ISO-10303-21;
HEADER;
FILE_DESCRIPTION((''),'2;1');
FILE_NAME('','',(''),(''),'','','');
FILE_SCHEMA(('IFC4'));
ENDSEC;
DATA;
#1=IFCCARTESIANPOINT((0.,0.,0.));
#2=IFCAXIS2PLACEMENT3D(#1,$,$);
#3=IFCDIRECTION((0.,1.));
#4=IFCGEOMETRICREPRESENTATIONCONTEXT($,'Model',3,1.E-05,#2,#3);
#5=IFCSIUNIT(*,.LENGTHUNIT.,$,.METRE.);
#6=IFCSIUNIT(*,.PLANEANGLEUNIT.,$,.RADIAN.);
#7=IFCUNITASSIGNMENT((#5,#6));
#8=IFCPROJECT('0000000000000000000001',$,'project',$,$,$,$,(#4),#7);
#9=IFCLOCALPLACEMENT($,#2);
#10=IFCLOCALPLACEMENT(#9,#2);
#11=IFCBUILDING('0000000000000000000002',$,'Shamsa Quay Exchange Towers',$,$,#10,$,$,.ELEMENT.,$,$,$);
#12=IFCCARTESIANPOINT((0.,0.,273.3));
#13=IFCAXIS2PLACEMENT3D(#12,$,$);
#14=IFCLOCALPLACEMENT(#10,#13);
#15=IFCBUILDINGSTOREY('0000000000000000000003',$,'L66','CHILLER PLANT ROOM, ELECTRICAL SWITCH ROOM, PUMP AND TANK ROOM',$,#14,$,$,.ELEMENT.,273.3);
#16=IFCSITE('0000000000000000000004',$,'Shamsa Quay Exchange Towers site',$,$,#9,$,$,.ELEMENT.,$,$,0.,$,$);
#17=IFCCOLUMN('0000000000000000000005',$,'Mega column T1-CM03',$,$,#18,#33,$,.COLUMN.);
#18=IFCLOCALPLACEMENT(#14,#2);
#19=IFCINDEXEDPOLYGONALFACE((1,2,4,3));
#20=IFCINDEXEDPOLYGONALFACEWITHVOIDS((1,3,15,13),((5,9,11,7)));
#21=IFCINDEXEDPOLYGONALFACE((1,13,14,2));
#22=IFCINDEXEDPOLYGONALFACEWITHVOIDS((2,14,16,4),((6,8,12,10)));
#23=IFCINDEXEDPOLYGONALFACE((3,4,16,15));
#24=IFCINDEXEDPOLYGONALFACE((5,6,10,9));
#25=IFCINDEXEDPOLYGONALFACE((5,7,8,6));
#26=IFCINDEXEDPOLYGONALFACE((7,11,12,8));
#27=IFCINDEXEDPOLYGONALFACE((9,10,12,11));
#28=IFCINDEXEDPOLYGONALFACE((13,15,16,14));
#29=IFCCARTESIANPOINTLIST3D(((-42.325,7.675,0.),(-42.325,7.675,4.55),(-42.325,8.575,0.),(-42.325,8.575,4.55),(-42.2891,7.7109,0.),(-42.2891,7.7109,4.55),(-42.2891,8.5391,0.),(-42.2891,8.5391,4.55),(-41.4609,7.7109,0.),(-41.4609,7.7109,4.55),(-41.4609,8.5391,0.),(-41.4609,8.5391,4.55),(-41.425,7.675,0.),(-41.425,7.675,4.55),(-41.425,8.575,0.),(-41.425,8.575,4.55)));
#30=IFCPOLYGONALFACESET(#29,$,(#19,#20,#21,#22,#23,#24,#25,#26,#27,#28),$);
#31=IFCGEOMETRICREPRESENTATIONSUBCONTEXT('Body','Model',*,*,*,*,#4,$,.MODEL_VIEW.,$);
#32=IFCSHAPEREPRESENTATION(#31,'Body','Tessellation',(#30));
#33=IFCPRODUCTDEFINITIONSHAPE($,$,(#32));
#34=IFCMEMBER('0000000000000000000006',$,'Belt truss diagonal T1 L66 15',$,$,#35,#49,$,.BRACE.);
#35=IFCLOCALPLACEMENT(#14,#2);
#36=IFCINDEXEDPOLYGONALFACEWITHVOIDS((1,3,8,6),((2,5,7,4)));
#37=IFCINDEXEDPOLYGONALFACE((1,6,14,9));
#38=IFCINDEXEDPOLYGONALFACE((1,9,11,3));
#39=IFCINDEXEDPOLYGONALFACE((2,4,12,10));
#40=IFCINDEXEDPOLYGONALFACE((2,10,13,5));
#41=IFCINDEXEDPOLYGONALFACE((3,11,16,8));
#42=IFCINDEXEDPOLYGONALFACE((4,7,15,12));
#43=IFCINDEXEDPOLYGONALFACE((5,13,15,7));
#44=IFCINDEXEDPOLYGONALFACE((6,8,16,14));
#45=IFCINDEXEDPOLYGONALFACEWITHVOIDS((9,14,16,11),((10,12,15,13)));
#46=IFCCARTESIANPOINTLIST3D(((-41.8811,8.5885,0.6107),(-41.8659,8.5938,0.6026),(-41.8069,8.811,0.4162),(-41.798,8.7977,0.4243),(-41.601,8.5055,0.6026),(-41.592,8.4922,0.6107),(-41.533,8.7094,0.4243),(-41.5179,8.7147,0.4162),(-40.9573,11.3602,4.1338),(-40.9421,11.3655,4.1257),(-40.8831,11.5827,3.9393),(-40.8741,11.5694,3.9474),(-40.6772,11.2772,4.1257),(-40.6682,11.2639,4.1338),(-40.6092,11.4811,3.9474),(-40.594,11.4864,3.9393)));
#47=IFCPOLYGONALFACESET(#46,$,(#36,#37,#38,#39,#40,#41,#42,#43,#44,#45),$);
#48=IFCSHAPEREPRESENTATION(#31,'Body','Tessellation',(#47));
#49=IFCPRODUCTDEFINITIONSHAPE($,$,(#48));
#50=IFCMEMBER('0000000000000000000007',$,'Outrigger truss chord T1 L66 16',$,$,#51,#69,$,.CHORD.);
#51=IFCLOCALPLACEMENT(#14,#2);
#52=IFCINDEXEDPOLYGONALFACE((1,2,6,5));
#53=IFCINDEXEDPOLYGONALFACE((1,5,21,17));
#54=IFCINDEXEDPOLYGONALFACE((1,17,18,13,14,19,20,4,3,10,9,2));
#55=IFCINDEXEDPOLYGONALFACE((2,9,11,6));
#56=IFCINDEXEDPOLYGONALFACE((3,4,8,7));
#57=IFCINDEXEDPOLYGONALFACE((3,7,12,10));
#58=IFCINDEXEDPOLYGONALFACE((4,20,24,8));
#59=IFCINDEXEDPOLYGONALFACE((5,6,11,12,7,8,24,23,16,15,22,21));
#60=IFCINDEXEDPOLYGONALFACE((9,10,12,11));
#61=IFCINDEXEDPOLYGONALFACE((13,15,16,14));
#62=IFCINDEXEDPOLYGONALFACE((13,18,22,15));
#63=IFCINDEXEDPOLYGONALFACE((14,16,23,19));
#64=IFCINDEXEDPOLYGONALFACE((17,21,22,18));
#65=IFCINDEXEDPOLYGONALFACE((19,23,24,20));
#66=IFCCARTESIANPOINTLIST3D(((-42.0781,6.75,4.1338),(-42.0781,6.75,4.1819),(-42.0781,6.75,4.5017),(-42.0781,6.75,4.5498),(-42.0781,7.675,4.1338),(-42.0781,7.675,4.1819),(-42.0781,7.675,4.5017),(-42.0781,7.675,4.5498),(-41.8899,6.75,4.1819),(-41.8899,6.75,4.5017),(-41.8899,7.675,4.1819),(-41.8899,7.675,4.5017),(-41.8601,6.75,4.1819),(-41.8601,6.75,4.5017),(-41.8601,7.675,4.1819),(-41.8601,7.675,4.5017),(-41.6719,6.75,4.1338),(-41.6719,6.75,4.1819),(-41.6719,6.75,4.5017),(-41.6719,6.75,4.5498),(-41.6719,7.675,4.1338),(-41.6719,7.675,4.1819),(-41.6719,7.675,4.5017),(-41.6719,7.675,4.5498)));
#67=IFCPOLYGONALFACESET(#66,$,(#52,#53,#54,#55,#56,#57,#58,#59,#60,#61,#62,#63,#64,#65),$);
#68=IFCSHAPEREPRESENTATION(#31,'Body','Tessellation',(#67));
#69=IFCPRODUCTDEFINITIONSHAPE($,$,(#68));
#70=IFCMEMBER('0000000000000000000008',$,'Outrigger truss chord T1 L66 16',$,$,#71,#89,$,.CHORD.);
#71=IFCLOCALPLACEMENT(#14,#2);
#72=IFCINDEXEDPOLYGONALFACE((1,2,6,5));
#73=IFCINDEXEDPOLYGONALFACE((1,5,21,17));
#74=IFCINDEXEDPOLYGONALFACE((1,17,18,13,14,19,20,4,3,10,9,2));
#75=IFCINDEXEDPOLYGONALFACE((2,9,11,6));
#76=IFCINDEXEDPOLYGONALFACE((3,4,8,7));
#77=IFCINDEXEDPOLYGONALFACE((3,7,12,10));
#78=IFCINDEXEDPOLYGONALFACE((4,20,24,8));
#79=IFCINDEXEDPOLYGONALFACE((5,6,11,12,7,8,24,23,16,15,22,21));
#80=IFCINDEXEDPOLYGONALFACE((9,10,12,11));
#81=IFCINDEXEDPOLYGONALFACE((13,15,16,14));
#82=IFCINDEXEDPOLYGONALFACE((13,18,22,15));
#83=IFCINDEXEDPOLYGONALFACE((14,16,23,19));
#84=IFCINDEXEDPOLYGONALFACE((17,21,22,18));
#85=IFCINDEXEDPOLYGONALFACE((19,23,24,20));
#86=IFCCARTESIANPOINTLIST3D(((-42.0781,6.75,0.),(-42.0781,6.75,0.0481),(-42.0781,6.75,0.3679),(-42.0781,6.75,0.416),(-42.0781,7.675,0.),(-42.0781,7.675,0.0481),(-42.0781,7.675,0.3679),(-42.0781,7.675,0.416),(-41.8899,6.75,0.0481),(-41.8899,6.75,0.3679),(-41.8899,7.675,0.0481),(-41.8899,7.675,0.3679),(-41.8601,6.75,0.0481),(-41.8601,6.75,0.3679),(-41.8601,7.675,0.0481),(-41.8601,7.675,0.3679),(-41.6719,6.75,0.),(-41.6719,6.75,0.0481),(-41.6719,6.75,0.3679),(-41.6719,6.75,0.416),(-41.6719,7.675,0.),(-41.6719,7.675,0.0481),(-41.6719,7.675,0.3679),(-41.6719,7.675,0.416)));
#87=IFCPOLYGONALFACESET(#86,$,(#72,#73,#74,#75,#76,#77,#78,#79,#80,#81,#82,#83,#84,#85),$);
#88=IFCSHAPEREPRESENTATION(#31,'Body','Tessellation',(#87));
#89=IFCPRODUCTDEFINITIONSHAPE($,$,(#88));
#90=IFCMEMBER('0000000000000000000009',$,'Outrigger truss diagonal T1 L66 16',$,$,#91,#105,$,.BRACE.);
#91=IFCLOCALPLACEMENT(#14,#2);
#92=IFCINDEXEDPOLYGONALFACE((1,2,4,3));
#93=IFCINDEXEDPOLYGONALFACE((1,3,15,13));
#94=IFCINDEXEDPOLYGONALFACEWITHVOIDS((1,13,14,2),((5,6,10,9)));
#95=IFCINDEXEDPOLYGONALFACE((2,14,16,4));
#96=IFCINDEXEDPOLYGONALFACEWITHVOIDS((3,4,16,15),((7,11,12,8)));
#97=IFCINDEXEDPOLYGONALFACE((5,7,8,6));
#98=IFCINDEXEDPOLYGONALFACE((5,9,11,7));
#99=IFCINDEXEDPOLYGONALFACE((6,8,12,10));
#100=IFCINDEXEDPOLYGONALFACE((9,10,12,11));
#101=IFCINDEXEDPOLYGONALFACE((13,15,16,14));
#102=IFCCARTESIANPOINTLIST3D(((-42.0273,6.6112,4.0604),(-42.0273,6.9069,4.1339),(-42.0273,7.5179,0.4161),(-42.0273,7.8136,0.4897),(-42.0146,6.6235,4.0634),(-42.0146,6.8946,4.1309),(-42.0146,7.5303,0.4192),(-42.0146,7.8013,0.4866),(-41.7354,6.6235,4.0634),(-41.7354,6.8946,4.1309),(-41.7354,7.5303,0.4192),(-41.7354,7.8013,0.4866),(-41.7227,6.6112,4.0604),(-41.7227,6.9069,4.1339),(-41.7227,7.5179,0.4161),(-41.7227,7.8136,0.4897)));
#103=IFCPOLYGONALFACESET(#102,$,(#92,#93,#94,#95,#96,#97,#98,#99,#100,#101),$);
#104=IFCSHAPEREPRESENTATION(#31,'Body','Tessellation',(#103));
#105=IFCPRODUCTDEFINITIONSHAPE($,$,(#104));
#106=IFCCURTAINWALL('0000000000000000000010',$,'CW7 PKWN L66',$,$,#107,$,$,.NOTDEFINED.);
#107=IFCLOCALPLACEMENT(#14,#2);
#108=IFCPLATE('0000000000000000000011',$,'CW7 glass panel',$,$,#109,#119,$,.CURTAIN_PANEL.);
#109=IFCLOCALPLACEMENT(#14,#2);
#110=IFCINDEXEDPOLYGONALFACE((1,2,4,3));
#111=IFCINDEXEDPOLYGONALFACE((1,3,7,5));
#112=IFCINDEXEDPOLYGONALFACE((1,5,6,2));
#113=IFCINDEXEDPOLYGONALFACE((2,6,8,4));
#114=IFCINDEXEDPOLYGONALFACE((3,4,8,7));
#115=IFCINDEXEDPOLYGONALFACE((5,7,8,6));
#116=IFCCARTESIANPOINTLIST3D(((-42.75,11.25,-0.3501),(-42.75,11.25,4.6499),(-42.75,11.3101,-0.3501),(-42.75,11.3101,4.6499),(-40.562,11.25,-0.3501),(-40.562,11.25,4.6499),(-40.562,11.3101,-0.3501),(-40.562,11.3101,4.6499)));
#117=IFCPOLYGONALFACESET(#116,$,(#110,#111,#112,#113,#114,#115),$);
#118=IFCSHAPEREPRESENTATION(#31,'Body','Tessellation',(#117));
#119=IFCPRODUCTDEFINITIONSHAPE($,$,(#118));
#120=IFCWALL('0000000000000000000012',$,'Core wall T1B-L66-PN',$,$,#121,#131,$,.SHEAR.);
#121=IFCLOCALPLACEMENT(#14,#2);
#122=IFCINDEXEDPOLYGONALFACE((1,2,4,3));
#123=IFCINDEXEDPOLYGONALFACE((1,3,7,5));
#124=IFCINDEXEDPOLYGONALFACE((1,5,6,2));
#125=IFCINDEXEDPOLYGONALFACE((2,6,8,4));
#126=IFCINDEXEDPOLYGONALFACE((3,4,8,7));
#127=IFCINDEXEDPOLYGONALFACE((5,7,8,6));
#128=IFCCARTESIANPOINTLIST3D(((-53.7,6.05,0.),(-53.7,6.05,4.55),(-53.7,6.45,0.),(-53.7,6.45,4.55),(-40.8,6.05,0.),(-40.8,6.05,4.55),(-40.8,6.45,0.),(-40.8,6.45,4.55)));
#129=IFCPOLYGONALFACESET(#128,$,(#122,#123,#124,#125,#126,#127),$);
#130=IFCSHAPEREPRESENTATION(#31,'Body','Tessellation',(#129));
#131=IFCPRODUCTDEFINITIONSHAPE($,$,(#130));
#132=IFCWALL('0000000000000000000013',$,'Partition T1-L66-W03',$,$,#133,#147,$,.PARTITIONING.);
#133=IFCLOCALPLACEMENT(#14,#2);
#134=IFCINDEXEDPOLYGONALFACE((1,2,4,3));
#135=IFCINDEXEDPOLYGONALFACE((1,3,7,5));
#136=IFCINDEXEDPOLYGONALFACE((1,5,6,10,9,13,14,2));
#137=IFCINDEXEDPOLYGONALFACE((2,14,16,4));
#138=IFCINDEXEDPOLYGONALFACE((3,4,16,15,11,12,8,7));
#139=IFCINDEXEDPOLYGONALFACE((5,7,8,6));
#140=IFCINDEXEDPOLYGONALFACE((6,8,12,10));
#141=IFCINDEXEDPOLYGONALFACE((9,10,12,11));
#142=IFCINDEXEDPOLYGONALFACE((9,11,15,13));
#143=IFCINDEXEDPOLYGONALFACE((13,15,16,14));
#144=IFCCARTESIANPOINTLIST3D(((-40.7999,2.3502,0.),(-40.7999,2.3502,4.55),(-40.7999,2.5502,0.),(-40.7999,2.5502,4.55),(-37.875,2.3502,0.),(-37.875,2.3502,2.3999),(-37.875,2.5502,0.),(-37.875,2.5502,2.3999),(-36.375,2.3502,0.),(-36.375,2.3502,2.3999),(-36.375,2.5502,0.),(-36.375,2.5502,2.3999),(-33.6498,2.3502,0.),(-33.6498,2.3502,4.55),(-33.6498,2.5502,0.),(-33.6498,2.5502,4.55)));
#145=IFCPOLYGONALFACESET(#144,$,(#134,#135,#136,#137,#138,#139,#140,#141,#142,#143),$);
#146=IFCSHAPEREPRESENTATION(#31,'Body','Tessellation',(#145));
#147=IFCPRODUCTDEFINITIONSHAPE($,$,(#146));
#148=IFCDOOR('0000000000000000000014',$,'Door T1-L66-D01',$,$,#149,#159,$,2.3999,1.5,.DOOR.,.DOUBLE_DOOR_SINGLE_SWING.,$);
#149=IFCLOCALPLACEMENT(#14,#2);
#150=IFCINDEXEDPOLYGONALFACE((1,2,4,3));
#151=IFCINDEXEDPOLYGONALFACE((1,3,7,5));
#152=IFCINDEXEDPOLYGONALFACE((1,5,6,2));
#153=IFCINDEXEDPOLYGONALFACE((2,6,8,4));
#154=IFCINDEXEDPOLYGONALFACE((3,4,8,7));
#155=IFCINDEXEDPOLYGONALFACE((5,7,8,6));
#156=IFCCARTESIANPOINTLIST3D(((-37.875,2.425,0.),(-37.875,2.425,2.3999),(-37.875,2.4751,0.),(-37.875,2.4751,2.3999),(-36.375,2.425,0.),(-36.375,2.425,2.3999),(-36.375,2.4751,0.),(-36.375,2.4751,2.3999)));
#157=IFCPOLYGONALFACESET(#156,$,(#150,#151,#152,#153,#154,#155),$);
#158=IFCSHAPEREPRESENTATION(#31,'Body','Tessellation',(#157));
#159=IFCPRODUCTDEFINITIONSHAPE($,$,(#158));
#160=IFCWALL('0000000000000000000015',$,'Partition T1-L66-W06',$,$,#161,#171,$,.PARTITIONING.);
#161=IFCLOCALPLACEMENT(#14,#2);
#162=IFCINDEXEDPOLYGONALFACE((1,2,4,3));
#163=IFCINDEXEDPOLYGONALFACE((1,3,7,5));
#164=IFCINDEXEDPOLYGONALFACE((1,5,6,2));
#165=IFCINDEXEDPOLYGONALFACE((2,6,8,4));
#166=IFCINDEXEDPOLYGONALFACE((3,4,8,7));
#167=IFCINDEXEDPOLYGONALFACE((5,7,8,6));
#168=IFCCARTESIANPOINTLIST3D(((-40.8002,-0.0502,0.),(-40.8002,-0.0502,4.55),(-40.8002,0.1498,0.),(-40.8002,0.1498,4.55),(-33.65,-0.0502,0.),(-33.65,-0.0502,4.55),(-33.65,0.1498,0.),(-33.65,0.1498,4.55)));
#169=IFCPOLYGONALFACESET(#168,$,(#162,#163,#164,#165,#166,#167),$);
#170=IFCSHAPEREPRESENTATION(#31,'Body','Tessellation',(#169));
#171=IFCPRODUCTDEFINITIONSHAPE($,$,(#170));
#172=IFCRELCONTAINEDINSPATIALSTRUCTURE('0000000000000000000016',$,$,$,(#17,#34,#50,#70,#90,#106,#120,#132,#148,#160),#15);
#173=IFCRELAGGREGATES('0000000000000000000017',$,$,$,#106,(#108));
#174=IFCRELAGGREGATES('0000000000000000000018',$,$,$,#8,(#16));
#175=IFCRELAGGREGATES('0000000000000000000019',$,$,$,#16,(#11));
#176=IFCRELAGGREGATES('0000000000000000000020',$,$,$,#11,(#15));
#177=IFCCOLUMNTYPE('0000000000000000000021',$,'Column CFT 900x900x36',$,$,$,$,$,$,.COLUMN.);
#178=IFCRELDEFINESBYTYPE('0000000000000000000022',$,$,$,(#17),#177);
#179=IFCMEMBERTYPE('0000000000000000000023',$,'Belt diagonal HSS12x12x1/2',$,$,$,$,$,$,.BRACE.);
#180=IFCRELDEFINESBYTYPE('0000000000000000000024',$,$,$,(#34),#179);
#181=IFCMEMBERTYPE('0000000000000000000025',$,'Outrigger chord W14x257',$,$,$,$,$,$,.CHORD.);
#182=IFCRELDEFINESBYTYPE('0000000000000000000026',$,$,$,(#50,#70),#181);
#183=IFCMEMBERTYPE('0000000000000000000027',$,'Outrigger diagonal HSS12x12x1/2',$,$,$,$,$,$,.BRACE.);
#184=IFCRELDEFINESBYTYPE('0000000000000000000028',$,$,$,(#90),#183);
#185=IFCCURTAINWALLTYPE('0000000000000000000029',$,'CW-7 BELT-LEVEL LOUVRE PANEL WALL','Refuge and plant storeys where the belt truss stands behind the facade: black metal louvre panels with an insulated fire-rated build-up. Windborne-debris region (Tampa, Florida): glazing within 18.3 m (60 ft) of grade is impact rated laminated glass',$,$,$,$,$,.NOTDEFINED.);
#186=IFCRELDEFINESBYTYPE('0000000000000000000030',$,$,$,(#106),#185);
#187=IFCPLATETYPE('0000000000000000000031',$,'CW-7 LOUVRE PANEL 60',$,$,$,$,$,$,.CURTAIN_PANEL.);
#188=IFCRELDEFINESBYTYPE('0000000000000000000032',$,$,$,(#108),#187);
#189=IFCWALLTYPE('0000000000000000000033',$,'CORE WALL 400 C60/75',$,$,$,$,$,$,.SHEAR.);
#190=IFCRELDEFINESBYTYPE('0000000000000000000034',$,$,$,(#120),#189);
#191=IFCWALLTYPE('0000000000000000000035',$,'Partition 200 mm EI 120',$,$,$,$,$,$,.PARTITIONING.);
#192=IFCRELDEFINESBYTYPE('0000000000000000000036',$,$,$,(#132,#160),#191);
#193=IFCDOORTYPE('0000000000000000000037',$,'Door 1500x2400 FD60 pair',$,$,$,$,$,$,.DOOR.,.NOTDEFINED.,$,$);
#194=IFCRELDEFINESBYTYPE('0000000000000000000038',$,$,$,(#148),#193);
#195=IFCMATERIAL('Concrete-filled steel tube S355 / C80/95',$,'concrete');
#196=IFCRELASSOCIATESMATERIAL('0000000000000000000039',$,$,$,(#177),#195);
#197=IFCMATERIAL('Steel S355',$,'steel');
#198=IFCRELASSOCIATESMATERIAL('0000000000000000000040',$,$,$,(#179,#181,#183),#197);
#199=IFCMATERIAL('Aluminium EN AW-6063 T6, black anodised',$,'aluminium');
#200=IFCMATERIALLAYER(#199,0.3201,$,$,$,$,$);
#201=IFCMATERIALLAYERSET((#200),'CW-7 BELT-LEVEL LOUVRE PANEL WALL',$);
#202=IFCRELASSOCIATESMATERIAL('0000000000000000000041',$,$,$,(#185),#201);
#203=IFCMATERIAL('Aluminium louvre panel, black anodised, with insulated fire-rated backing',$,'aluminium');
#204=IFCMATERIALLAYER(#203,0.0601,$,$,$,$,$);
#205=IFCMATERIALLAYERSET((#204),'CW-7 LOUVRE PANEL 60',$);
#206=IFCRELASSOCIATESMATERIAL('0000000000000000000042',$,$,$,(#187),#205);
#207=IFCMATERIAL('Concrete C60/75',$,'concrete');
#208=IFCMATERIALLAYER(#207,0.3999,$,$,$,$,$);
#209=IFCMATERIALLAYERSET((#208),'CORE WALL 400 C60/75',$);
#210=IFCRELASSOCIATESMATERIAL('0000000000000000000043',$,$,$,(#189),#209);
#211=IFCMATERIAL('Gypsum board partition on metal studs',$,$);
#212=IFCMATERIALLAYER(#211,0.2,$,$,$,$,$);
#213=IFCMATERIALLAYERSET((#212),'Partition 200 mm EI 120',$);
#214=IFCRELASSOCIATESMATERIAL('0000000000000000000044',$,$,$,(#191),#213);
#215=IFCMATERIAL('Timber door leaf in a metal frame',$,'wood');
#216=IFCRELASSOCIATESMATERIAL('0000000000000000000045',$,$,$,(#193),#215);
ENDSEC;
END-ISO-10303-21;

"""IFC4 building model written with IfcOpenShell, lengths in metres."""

from ifc_helpers import new_model, si_unit, direction, frame, frame_2d, origin, origin_2d, place, context, subcontext, project, spatial, rectangle, hollow_rectangle, i_section, extrude, material, layer, layer_set, material_profile, profile_set, type_object, element, fill, aggregate, save


model = new_model("IFC4")

# Units and contexts
model_context = context("Model", 3, precision=1e-05, world=origin(), true_north=direction((0.0, 1.0)))
body_context = subcontext(model_context, "Body", "Model", "MODEL_VIEW")
ifc_project = project(units=[si_unit("LENGTHUNIT", "METRE"), si_unit("PLANEANGLEUNIT", "RADIAN")], contexts=[model_context])

# Site, building, storey
site_placement = place(None, origin())
site = spatial("IfcSite", under=ifc_project, at=site_placement, Name="Shamsa Quay Exchange Towers site", CompositionType="ELEMENT", RefElevation=0.0)
building_placement = place(site_placement, origin())
building = spatial("IfcBuilding", under=site, at=building_placement, Name="Shamsa Quay Exchange Towers", CompositionType="ELEMENT")
storey_placement = place(building_placement, frame((0.0, 0.0, 273.3)))
storey = spatial("IfcBuildingStorey", under=building, at=storey_placement, Name="L66", Description="CHILLER PLANT ROOM, ELECTRICAL SWITCH ROOM, PUMP AND TANK ROOM", CompositionType="ELEMENT", Elevation=273.3)

# Column
ifc_material_1 = material(Name="Concrete-filled steel tube S355 / C80/95", Category="concrete")
ifc_material_profile_1 = material_profile(ifc_material_1, hollow_rectangle(XDim=0.8999, YDim=0.8999, WallThickness=0.0359, at=origin_2d()), Name="CFT 900x900x36")
ifc_profile_set_1 = profile_set([ifc_material_profile_1], Name="Concrete-filled steel tube S355 / C80/95")
column_type = type_object("IfcColumnType", Name="Column CFT 900x900x36", PredefinedType="COLUMN", material=ifc_profile_set_1)
column_placement = place(storey_placement, frame((-41.875, 8.125, 0.0)))
element("IfcColumn", 1, at=column_placement, inside=storey, type_object=column_type, Name="Mega column T1-CM03", PredefinedType="COLUMN", context=body_context, shape_type="SweptSolid", body=[
    extrude(hollow_rectangle(XDim=0.8999, YDim=0.8999, WallThickness=0.0359, at=origin_2d()), origin(), (0.0, 0.0, 1.0), 4.55),
])

# Members
ifc_material_2 = material(Name="Steel S355", Category="steel")
ifc_material_profile_2 = material_profile(ifc_material_2, hollow_rectangle(XDim=0.3047, YDim=0.3047, WallThickness=0.0127, at=origin_2d()), Name="HSS12x12x1/2")
ifc_profile_set_2 = profile_set([ifc_material_profile_2], Name="Steel S355")
member_type_1 = type_object("IfcMemberType", Name="Belt diagonal HSS12x12x1/2", PredefinedType="BRACE", material=ifc_profile_set_2)
member_1_placement = place(storey_placement, frame((-41.6995, 8.6516, 0.5134), z_axis=(0.201842, 0.605579, 0.769762), x_axis=(-0.948692, 0.316203, 0.0)))
element("IfcMember", 2, at=member_1_placement, inside=storey, type_object=member_type_1, Name="Belt truss diagonal T1 L66 15", PredefinedType="BRACE", context=body_context, shape_type="SweptSolid", body=[
    extrude(hollow_rectangle(XDim=0.3047, YDim=0.3047, WallThickness=0.0127, at=origin_2d()), origin(), (0.0, 0.0, 1.0), 4.5769),
])
ifc_material_profile_3 = material_profile(ifc_material_2, i_section(OverallWidth=0.4062, OverallDepth=0.416, WebThickness=0.0298, FlangeThickness=0.0481, at=origin_2d()), Name="W14x257")
ifc_profile_set_3 = profile_set([ifc_material_profile_3], Name="Steel S355")
member_type_2 = type_object("IfcMemberType", Name="Outrigger chord W14x257", PredefinedType="CHORD", material=ifc_profile_set_3)
for number, where, z_axis, x_axis, name in (
    (3, (-41.875, 7.675, 4.3418), (0.0, -1.0, 0.0), (1.0, 0.0, 0.0), "Outrigger truss chord T1 L66 16"),
    (4, (-41.875, 7.675, 0.208), (0.0, -1.0, 0.0), (1.0, 0.0, 0.0), "Outrigger truss chord T1 L66 16"),
):
    element("IfcMember", number, at=place(storey_placement, frame(where, z_axis=z_axis, x_axis=x_axis)), inside=storey, type_object=member_type_2, Name=name, PredefinedType="CHORD", context=body_context, shape_type="SweptSolid", body=[
        extrude(i_section(OverallWidth=0.4062, OverallDepth=0.416, WebThickness=0.0298, FlangeThickness=0.0481, at=origin_2d()), origin(), (0.0, 0.0, 1.0), 0.925),
    ])
ifc_material_profile_4 = material_profile(ifc_material_2, hollow_rectangle(XDim=0.3047, YDim=0.3047, WallThickness=0.0127, at=origin_2d()), Name="HSS12x12x1/2")
ifc_profile_set_4 = profile_set([ifc_material_profile_4], Name="Steel S355")
member_type_3 = type_object("IfcMemberType", Name="Outrigger diagonal HSS12x12x1/2", PredefinedType="BRACE", material=ifc_profile_set_4)
member_2_placement = place(storey_placement, frame((-41.875, 7.6658, 0.4529), z_axis=(0.0, -0.241449, 0.970413), x_axis=(1.0, 0.0, 0.0)))
element("IfcMember", 5, at=member_2_placement, inside=storey, type_object=member_type_3, Name="Outrigger truss diagonal T1 L66 16", PredefinedType="BRACE", context=body_context, shape_type="SweptSolid", body=[
    extrude(hollow_rectangle(XDim=0.3047, YDim=0.3047, WallThickness=0.0127, at=origin_2d()), origin(), (0.0, 0.0, 1.0), 3.7554),
])

# Curtain wall, plate
ifc_material_3 = material(Name="Aluminium EN AW-6063 T6, black anodised", Category="aluminium")
ifc_layer_1 = layer(ifc_material_3, 0.3201)
ifc_layer_set_1 = layer_set([ifc_layer_1], Name="CW-7 BELT-LEVEL LOUVRE PANEL WALL")
curtain_wall_type = type_object("IfcCurtainWallType", Name="CW-7 BELT-LEVEL LOUVRE PANEL WALL", Description="Refuge and plant storeys where the belt truss stands behind the facade: black metal louvre panels with an insulated fire-rated build-up. Windborne-debris region (Tampa, Florida): glazing within 18.3 m (60 ft) of grade is impact rated laminated glass", PredefinedType="NOTDEFINED", material=ifc_layer_set_1)
curtain_wall_placement = place(storey_placement, origin())
curtain_wall = element("IfcCurtainWall", 6, at=curtain_wall_placement, inside=storey, type_object=curtain_wall_type, Name="CW7 PKWN L66", PredefinedType="NOTDEFINED")
ifc_material_4 = material(Name="Aluminium louvre panel, black anodised, with insulated fire-rated backing", Category="aluminium")
ifc_layer_2 = layer(ifc_material_4, 0.0601)
ifc_layer_set_2 = layer_set([ifc_layer_2], Name="CW-7 LOUVRE PANEL 60")
plate_type = type_object("IfcPlateType", Name="CW-7 LOUVRE PANEL 60", PredefinedType="CURTAIN_PANEL", material=ifc_layer_set_2)
plate_placement = place(storey_placement, frame((-41.656, 11.28, -0.3501), z_axis=(0.0, 0.0, 1.0), x_axis=(-1.0, 0.0, 0.0)))
plate = element("IfcPlate", 7, at=plate_placement, type_object=plate_type, Name="CW7 glass panel", PredefinedType="CURTAIN_PANEL", context=body_context, shape_type="SweptSolid", body=[
    extrude(rectangle(XDim=2.188, YDim=0.0601, at=origin_2d()), origin(), (0.0, 0.0, 1.0), 5.0),
])
aggregate(curtain_wall, [plate])

# Wall
ifc_material_5 = material(Name="Concrete C60/75", Category="concrete")
ifc_layer_3 = layer(ifc_material_5, 0.3999)
ifc_layer_set_3 = layer_set([ifc_layer_3], Name="CORE WALL 400 C60/75")
wall_type_1 = type_object("IfcWallType", Name="CORE WALL 400 C60/75", PredefinedType="SHEAR", material=ifc_layer_set_3)
wall_1_placement = place(storey_placement, frame((-40.8, 6.25, 0.0), z_axis=(0.0, 0.0, 1.0), x_axis=(-1.0, 0.0, 0.0)))
element("IfcWall", 8, at=wall_1_placement, inside=storey, type_object=wall_type_1, Name="Core wall T1B-L66-PN", PredefinedType="SHEAR", context=body_context, shape_type="SweptSolid", body=[
    extrude(rectangle(XDim=12.8999, YDim=0.3999, at=frame_2d((6.45, 0.0))), origin(), (0.0, 0.0, 1.0), 4.55),
])

# Wall, opening, door
ifc_material_6 = material(Name="Gypsum board partition on metal studs")
ifc_layer_4 = layer(ifc_material_6, 0.2)
ifc_layer_set_4 = layer_set([ifc_layer_4], Name="Partition 200 mm EI 120")
wall_type_2 = type_object("IfcWallType", Name="Partition 200 mm EI 120", PredefinedType="PARTITIONING", material=ifc_layer_set_4)
wall_2_placement = place(storey_placement, frame((-40.8, 2.4502, 0.0)))
wall_2 = element("IfcWall", 9, at=wall_2_placement, inside=storey, type_object=wall_type_2, Name="Partition T1-L66-W03", PredefinedType="PARTITIONING", context=body_context, shape_type="SweptSolid", body=[
    extrude(rectangle(XDim=7.1501, YDim=0.2, at=frame_2d((3.5752, 0.0))), origin(), (0.0, 0.0, 1.0), 4.55),
])
opening_1_placement = place(wall_2_placement, frame((2.925, 0.0, 0.0)))
opening_1 = element("IfcOpeningElement", 10, at=opening_1_placement, cuts=wall_2, PredefinedType="OPENING", context=body_context, shape_type="SweptSolid", body=[
    extrude(rectangle(XDim=1.5, YDim=2.3999, at=frame_2d((0.75, 1.2))), frame((0.0, 0.1099, 0.0), z_axis=(0.0, -1.0, 0.0), x_axis=(1.0, 0.0, 0.0)), (0.0, 0.0, 1.0), 0.22),
])
ifc_material_7 = material(Name="Timber door leaf in a metal frame", Category="wood")
door_type_1 = type_object("IfcDoorType", Name="Door 1500x2400 FD60 pair", OperationType="NOTDEFINED", PredefinedType="DOOR", material=ifc_material_7)
door_1_placement = place(opening_1_placement, origin())
door_1 = element("IfcDoor", 11, at=door_1_placement, inside=storey, type_object=door_type_1, Name="Door T1-L66-D01", OperationType="DOUBLE_DOOR_SINGLE_SWING", OverallHeight=2.3999, OverallWidth=1.5, PredefinedType="DOOR", context=body_context, shape_type="SweptSolid", body=[
    extrude(rectangle(XDim=1.5, YDim=2.3999, at=frame_2d((0.75, 1.2))), frame((0.0, 0.0249, 0.0), z_axis=(0.0, -1.0, 0.0), x_axis=(1.0, 0.0, 0.0)), (0.0, 0.0, 1.0), 0.05),
])
fill(opening_1, door_1)

# Wall
wall_3_placement = place(storey_placement, frame((-33.6499, 0.0498, 0.0), z_axis=(0.0, 0.0, 1.0), x_axis=(-1.0, 0.0, 0.0)))
element("IfcWall", 12, at=wall_3_placement, inside=storey, type_object=wall_type_2, Name="Partition T1-L66-W06", PredefinedType="PARTITIONING", context=body_context, shape_type="SweptSolid", body=[
    extrude(rectangle(XDim=7.1501, YDim=0.2, at=frame_2d((3.5752, 0.0))), origin(), (0.0, 0.0, 1.0), 4.55),
])

save(model, "model.ifc")
